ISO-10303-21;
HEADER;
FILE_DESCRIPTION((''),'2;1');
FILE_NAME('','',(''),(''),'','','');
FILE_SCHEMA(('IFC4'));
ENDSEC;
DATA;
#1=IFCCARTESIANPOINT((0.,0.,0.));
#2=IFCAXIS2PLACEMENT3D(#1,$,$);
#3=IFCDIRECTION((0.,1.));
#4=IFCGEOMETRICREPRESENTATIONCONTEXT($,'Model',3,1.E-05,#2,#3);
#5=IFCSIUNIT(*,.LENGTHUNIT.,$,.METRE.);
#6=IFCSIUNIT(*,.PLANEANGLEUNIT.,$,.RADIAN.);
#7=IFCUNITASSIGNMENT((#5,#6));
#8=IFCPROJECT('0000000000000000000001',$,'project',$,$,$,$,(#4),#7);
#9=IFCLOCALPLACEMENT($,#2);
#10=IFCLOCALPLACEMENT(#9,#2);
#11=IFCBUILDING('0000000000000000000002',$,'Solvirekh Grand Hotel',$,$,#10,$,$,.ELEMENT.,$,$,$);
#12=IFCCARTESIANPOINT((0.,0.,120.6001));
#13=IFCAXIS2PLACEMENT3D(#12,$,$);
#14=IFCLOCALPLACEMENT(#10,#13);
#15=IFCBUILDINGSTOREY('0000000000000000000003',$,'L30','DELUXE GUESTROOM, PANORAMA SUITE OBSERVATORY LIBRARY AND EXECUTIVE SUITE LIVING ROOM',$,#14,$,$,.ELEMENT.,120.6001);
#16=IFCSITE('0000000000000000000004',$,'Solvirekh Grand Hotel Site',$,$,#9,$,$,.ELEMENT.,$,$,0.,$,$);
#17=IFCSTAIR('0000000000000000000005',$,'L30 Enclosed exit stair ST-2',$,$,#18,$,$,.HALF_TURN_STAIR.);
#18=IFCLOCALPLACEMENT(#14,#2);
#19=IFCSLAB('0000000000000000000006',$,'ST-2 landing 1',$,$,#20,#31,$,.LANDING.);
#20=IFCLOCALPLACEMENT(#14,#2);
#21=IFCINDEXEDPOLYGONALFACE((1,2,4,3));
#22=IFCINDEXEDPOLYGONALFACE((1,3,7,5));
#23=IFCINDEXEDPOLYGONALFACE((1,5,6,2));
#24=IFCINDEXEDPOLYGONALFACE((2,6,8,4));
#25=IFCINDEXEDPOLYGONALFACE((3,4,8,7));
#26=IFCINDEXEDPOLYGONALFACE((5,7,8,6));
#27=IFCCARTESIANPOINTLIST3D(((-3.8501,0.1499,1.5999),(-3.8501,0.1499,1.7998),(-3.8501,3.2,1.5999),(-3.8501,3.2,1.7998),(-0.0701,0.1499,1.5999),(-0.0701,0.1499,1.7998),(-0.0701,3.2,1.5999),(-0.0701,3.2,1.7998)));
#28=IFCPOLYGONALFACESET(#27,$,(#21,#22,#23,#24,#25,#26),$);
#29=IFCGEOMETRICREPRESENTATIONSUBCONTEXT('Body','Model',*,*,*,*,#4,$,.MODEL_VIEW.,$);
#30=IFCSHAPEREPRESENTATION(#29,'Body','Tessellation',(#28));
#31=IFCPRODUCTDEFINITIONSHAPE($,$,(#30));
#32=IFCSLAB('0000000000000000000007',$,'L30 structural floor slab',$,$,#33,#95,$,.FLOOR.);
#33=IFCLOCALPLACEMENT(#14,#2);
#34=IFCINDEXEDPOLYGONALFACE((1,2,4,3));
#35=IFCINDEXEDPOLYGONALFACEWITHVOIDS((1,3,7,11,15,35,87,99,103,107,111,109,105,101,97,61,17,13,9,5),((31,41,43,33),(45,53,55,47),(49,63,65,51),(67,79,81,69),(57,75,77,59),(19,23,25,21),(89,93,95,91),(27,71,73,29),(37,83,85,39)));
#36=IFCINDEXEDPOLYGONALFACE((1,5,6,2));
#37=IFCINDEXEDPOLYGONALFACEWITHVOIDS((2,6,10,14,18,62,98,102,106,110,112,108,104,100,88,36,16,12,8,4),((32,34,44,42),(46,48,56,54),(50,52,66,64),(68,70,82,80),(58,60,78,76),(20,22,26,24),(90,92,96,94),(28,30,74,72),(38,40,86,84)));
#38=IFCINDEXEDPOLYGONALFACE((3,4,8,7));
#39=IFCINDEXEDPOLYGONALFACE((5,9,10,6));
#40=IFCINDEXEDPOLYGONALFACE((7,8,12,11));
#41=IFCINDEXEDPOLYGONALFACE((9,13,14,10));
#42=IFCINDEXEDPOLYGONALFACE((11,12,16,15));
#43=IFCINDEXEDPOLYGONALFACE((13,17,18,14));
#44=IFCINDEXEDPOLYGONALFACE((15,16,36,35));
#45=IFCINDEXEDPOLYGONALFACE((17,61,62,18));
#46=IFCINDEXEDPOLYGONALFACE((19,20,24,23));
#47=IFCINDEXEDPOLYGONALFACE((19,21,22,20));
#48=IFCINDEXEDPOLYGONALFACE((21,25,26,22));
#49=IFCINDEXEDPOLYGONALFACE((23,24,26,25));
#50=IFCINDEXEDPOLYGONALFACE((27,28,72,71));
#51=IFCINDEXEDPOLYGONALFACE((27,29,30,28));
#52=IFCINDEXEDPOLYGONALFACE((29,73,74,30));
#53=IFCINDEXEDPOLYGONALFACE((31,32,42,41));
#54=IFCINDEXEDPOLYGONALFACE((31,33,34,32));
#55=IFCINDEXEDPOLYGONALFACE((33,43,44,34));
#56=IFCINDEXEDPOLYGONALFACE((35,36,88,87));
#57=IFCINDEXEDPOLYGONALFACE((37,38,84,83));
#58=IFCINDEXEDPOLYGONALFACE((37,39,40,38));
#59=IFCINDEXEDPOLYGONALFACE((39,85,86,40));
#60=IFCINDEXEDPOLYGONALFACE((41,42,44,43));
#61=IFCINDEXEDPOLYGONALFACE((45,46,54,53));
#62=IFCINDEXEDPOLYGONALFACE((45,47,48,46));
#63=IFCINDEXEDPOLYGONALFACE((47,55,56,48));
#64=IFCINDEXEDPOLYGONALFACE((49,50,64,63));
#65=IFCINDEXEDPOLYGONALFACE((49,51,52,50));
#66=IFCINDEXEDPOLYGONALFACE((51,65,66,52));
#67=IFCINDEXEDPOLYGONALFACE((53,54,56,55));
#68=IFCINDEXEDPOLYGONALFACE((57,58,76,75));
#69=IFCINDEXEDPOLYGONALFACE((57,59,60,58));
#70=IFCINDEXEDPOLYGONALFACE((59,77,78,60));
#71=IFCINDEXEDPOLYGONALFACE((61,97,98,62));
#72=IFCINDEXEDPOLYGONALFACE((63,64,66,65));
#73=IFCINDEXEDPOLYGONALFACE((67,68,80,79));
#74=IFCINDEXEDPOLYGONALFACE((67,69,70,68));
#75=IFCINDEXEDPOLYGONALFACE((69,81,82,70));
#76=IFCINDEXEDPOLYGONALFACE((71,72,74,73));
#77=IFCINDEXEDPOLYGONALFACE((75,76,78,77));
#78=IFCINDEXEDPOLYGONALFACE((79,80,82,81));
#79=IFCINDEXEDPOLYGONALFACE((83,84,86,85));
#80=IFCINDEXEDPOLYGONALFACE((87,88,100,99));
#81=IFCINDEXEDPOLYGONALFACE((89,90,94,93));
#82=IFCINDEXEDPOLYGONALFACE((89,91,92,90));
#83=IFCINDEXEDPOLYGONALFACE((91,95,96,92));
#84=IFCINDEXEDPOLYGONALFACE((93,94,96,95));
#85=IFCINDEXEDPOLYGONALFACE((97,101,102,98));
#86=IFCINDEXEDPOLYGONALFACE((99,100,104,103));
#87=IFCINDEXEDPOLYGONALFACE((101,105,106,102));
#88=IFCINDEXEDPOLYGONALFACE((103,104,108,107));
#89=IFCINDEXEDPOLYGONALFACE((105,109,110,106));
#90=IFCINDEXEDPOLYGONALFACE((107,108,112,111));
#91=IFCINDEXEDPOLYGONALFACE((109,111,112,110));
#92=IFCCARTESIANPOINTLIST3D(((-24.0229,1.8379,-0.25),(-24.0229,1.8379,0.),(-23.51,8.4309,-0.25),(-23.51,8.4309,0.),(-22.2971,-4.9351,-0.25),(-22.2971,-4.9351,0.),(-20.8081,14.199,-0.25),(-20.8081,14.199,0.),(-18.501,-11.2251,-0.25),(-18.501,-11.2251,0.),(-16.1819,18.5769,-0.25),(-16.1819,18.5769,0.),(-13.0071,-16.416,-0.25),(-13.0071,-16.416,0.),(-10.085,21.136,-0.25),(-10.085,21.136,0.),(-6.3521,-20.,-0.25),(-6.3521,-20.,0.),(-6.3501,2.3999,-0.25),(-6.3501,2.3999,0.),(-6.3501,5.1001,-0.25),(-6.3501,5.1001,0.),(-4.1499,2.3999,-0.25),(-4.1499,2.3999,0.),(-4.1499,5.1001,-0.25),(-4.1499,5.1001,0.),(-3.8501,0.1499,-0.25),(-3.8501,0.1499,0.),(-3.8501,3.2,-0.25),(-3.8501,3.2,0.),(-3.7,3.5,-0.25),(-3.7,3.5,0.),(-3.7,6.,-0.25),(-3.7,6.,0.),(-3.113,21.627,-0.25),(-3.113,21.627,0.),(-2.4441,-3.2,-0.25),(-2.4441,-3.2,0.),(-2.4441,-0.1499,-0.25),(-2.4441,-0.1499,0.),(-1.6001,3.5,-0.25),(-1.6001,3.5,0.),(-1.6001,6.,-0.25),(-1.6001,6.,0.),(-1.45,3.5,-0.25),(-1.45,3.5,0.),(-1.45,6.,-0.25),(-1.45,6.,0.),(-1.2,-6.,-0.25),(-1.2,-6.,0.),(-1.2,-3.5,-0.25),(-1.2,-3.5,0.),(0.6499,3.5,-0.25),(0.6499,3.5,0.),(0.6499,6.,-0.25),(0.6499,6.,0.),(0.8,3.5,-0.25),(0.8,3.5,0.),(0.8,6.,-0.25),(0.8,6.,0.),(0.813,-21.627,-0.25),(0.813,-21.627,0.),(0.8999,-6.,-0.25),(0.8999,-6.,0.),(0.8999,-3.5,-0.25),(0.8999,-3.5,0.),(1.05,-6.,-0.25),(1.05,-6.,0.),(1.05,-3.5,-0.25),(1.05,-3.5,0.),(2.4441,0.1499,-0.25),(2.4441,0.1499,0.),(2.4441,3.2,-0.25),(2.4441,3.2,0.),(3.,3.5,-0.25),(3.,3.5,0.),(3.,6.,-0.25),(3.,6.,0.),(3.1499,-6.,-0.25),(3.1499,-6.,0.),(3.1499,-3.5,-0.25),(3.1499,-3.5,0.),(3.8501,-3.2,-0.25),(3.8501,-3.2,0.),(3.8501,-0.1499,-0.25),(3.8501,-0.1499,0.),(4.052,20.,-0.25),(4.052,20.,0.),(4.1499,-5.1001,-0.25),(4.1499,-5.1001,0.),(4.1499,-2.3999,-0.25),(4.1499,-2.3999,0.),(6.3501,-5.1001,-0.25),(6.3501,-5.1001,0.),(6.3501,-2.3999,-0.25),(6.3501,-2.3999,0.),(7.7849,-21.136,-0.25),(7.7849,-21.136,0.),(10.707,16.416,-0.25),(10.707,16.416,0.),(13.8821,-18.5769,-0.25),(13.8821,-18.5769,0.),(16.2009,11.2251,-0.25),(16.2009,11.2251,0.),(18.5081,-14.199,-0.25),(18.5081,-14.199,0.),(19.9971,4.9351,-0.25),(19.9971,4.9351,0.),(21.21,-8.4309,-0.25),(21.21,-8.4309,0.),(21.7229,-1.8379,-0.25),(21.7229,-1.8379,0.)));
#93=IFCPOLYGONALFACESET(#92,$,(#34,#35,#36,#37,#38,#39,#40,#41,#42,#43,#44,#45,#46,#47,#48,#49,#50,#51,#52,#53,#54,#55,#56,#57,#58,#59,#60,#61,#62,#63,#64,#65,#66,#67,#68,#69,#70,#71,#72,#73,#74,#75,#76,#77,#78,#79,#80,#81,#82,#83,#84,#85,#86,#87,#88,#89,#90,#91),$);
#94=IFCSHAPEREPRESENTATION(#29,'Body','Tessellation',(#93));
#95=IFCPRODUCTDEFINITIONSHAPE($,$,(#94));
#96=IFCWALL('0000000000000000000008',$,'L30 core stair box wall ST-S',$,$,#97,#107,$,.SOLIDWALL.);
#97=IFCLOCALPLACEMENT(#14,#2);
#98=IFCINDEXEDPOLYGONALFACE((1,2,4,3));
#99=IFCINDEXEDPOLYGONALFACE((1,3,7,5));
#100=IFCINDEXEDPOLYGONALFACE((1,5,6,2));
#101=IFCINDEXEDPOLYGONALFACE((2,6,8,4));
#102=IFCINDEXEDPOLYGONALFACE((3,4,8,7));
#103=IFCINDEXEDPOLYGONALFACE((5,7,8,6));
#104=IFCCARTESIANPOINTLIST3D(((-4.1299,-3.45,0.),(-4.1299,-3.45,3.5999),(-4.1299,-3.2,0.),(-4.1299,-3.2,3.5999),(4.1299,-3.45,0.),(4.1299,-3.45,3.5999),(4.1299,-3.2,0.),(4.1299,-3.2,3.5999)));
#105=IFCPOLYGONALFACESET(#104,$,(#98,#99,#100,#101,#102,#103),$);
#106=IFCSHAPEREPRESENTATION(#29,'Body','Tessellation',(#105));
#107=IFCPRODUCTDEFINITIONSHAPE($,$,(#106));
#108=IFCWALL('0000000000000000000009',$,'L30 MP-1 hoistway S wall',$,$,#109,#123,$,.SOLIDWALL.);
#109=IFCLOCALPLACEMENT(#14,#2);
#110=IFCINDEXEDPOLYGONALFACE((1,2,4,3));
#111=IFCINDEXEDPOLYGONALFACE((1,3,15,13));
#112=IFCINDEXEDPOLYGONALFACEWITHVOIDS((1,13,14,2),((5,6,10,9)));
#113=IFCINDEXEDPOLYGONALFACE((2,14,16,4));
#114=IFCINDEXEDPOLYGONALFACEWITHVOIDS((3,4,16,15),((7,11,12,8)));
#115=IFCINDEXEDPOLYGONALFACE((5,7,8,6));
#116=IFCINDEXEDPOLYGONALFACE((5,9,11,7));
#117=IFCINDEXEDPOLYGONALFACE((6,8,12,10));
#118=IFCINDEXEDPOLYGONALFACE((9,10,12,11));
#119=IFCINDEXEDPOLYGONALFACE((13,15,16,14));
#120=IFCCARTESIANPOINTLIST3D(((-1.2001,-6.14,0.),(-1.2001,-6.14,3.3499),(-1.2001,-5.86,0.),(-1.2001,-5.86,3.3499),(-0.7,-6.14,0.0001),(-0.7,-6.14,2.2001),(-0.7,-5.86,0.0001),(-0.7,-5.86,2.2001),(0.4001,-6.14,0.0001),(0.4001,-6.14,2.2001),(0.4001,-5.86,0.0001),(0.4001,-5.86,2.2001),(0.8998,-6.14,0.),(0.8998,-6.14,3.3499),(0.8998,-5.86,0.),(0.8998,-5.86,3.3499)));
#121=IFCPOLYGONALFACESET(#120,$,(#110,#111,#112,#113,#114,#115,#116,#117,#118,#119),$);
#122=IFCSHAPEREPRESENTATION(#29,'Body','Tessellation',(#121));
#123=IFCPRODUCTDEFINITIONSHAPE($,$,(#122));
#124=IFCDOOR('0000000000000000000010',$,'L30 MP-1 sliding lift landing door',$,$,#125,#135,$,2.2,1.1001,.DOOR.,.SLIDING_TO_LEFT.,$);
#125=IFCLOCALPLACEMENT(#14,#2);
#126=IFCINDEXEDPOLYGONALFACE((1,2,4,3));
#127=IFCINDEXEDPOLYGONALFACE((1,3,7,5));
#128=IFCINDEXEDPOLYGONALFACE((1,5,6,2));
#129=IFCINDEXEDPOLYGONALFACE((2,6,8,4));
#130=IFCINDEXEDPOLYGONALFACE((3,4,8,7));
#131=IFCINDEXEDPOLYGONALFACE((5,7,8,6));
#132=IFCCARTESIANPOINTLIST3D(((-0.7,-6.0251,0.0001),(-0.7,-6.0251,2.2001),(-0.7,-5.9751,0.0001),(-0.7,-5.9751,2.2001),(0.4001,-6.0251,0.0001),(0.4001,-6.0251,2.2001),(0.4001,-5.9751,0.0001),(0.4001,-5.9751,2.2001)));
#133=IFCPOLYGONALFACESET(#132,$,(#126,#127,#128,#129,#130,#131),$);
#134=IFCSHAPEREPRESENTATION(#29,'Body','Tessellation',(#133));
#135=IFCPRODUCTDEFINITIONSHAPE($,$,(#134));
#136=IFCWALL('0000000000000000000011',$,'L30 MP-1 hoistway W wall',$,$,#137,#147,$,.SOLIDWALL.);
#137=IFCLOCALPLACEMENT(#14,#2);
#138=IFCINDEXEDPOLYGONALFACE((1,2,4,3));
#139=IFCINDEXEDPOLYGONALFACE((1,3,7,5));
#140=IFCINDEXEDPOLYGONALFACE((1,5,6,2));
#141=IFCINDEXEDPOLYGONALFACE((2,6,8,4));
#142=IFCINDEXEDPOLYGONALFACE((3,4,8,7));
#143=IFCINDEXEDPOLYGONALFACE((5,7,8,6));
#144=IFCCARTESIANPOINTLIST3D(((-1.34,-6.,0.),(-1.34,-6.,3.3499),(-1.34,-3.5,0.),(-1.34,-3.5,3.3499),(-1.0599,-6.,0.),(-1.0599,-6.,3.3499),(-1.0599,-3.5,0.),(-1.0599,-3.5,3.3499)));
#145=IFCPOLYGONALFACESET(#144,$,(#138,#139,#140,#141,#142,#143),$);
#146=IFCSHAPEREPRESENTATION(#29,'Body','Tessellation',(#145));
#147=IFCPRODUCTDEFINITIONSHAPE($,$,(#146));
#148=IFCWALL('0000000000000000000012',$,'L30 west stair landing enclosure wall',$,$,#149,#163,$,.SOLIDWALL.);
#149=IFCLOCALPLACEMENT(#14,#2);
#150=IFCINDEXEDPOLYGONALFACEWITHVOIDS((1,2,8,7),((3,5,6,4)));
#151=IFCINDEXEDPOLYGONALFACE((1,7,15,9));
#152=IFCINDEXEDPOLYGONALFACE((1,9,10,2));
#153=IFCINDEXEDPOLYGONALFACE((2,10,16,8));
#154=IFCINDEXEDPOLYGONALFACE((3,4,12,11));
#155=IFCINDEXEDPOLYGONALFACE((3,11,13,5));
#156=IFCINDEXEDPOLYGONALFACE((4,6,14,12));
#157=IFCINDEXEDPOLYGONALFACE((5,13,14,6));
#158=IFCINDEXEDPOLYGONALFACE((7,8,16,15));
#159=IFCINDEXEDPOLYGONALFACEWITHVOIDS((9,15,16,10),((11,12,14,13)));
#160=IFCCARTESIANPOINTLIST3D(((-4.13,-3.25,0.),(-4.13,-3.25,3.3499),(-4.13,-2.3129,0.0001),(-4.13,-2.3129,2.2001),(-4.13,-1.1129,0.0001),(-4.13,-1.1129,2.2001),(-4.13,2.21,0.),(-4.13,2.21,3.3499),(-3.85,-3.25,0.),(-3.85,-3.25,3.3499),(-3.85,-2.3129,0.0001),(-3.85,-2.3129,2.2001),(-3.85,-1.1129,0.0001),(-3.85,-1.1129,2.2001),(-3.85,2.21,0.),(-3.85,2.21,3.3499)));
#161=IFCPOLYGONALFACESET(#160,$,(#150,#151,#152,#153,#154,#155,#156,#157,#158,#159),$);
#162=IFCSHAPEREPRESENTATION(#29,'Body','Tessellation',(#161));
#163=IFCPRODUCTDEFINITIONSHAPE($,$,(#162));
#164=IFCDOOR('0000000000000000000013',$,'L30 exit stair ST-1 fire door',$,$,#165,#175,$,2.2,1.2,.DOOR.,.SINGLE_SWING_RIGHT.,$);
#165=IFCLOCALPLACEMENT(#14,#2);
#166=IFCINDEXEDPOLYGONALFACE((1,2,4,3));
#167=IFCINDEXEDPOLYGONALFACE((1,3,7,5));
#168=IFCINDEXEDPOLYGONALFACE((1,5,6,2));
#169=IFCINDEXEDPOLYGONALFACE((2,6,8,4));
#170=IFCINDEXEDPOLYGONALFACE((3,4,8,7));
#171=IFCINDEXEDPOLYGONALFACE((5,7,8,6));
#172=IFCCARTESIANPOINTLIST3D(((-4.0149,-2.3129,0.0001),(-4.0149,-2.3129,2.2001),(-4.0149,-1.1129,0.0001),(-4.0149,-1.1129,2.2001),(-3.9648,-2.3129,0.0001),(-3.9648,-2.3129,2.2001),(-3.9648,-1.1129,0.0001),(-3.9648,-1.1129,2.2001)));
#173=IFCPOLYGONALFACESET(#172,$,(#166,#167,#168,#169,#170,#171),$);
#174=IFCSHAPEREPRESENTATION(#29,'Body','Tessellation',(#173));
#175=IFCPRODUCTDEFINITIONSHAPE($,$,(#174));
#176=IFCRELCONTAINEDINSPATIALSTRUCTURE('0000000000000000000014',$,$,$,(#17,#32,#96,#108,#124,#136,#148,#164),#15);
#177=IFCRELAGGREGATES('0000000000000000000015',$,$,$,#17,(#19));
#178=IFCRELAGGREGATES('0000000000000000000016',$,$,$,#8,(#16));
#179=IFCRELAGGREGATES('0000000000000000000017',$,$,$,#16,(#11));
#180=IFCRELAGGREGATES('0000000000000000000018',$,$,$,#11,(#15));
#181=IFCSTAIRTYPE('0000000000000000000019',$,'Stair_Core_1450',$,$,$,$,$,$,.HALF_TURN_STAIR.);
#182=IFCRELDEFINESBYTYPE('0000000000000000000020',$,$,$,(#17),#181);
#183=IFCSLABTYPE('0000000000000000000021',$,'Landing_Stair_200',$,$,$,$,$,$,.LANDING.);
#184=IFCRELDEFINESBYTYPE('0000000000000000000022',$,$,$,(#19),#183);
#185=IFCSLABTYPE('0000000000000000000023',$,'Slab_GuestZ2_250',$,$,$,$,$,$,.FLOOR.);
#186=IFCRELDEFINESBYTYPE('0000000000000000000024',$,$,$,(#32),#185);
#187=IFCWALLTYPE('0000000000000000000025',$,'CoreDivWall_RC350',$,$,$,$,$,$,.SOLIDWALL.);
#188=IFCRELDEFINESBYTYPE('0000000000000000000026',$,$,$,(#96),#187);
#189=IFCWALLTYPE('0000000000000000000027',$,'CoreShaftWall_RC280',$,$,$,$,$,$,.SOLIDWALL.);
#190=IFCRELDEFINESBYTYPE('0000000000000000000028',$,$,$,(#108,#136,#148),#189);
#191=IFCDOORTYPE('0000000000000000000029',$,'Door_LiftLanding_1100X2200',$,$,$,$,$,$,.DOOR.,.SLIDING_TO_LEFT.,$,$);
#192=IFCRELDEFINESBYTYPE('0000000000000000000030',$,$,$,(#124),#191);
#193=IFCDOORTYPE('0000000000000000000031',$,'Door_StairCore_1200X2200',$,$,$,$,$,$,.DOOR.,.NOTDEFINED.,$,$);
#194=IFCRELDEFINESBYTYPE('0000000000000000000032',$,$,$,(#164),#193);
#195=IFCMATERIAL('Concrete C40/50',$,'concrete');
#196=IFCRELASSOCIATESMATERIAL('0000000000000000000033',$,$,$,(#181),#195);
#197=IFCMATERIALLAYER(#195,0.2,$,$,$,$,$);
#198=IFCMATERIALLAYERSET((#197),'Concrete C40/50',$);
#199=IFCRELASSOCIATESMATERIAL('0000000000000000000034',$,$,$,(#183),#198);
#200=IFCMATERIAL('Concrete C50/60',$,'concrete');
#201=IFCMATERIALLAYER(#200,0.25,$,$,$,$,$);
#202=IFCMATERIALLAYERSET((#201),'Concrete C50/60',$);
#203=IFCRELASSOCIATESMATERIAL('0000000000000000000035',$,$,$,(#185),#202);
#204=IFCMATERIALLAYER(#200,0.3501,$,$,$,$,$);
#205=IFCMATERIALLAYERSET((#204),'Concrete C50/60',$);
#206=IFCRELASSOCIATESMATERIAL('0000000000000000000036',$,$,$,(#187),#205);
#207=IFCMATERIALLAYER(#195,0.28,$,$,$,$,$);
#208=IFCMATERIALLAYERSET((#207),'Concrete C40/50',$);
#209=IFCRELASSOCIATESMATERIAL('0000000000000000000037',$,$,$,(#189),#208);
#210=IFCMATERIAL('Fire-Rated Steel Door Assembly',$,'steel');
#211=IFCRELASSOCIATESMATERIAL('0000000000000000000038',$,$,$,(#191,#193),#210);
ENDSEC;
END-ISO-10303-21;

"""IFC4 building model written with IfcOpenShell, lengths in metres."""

from ifc_helpers import new_model, si_unit, direction, frame, frame_2d, origin, place, context, subcontext, project, spatial, polyline, rectangle, outline, extrude, material, layer, layer_set, type_object, element, fill, aggregate, save


model = new_model("IFC4")

# Units and contexts
model_context = context("Model", 3, precision=1e-05, world=origin(), true_north=direction((0.0, 1.0)))
body_context = subcontext(model_context, "Body", "Model", "MODEL_VIEW")
ifc_project = project(units=[si_unit("LENGTHUNIT", "METRE"), si_unit("PLANEANGLEUNIT", "RADIAN")], contexts=[model_context])

# Site, building, storey
site_placement = place(None, origin())
site = spatial("IfcSite", under=ifc_project, at=site_placement, Name="Solvirekh Grand Hotel Site", CompositionType="ELEMENT", RefElevation=0.0)
building_placement = place(site_placement, origin())
building = spatial("IfcBuilding", under=site, at=building_placement, Name="Solvirekh Grand Hotel", CompositionType="ELEMENT")
storey_placement = place(building_placement, frame((0.0, 0.0, 120.6001)))
storey = spatial("IfcBuildingStorey", under=building, at=storey_placement, Name="L30", Description="DELUXE GUESTROOM, PANORAMA SUITE OBSERVATORY LIBRARY AND EXECUTIVE SUITE LIVING ROOM", CompositionType="ELEMENT", Elevation=120.6001)

# Shared definitions
ifc_material_1 = material(Name="Concrete C50/60", Category="concrete")

# Stair, slab
ifc_material_2 = material(Name="Concrete C40/50", Category="concrete")
stair_type = type_object("IfcStairType", Name="Stair_Core_1450", PredefinedType="HALF_TURN_STAIR", material=ifc_material_2)
ifc_layer_1 = layer(ifc_material_2, 0.2)
ifc_layer_set_1 = layer_set([ifc_layer_1], Name="Concrete C40/50")
slab_type_1 = type_object("IfcSlabType", Name="Landing_Stair_200", PredefinedType="LANDING", material=ifc_layer_set_1)
stair_1_placement = place(storey_placement, origin())
stair_1 = element("IfcStair", 1, at=stair_1_placement, inside=storey, type_object=stair_type, Name="L30 Enclosed exit stair ST-2", PredefinedType="HALF_TURN_STAIR")
slab_1_placement = place(storey_placement, frame((0.0, 0.0, 1.5999)))
slab_1 = element("IfcSlab", 2, at=slab_1_placement, type_object=slab_type_1, Name="ST-2 landing 1", PredefinedType="LANDING", context=body_context, shape_type="SweptSolid", body=[
    extrude(outline(polyline([(-0.0701, 3.2), (-3.8501, 3.2), (-3.8501, 0.1499), (-0.0701, 0.1499), (-0.0701, 3.2)])), origin(), (0.0, 0.0, 1.0), 0.2),
])

# Slab
ifc_layer_2 = layer(ifc_material_1, 0.25)
ifc_layer_set_2 = layer_set([ifc_layer_2], Name="Concrete C50/60")
slab_type_2 = type_object("IfcSlabType", Name="Slab_GuestZ2_250", PredefinedType="FLOOR", material=ifc_layer_set_2)
slab_2_placement = place(storey_placement, frame((0.0, 0.0, -0.25)))
element("IfcSlab", 3, at=slab_2_placement, inside=storey, type_object=slab_type_2, Name="L30 structural floor slab", PredefinedType="FLOOR", context=body_context, shape_type="SweptSolid", body=[
    extrude(outline(polyline([(18.5081, -14.199), (21.21, -8.4309), (21.7229, -1.8379), (19.9971, 4.9351), (16.2009, 11.2251), (10.707, 16.416), (4.052, 20.0), (-3.113, 21.627), (-10.085, 21.136), (-16.1819, 18.5769), (-20.8081, 14.199), (-23.51, 8.4309), (-24.0229, 1.8379), (-22.2971, -4.9351), (-18.501, -11.2251), (-13.0071, -16.416), (-6.3521, -20.0), (0.813, -21.627), (7.7849, -21.136), (13.8821, -18.5769), (18.5081, -14.199)]), holes=[polyline([(-2.4441, -0.1499), (3.8501, -0.1499), (3.8501, -3.2), (-2.4441, -3.2), (-2.4441, -0.1499)]), polyline([(2.4441, 0.1499), (-3.8501, 0.1499), (-3.8501, 3.2), (2.4441, 3.2), (2.4441, 0.1499)]), polyline([(-1.2, -3.5), (0.8999, -3.5), (0.8999, -6.0), (-1.2, -6.0), (-1.2, -3.5)]), polyline([(1.05, -3.5), (3.1499, -3.5), (3.1499, -6.0), (1.05, -6.0), (1.05, -3.5)]), polyline([(-3.7, 6.0), (-1.6001, 6.0), (-1.6001, 3.5), (-3.7, 3.5), (-3.7, 6.0)]), polyline([(-1.45, 6.0), (0.6499, 6.0), (0.6499, 3.5), (-1.45, 3.5), (-1.45, 6.0)]), polyline([(0.8, 6.0), (3.0, 6.0), (3.0, 3.5), (0.8, 3.5), (0.8, 6.0)]), polyline([(-6.3501, 5.1001), (-4.1499, 5.1001), (-4.1499, 2.3999), (-6.3501, 2.3999), (-6.3501, 5.1001)]), polyline([(4.1499, -2.3999), (6.3501, -2.3999), (6.3501, -5.1001), (4.1499, -5.1001), (4.1499, -2.3999)])]), origin(), (0.0, 0.0, 1.0), 0.25),
])

# Wall
ifc_layer_3 = layer(ifc_material_1, 0.3501)
ifc_layer_set_3 = layer_set([ifc_layer_3], Name="Concrete C50/60")
wall_type_1 = type_object("IfcWallType", Name="CoreDivWall_RC350", PredefinedType="SOLIDWALL", material=ifc_layer_set_3)
wall_1_placement = place(storey_placement, frame((-4.1299, -3.325, 0.0), z_axis=(0.0, 0.0, 1.0), x_axis=(1.0, 0.0, 0.0)))
element("IfcWall", 4, at=wall_1_placement, inside=storey, type_object=wall_type_1, Name="L30 core stair box wall ST-S", PredefinedType="SOLIDWALL", context=body_context, shape_type="SweptSolid", body=[
    extrude(rectangle(XDim=8.2598, YDim=0.25, at=frame_2d((4.1299, 0.0))), origin(), (0.0, 0.0, 1.0), 3.5999),
])

# Wall, opening, door
ifc_layer_4 = layer(ifc_material_2, 0.28)
ifc_layer_set_4 = layer_set([ifc_layer_4], Name="Concrete C40/50")
wall_type_2 = type_object("IfcWallType", Name="CoreShaftWall_RC280", PredefinedType="SOLIDWALL", material=ifc_layer_set_4)
wall_2_placement = place(storey_placement, frame((-1.2, -6.0, 0.0), z_axis=(0.0, 0.0, 1.0), x_axis=(1.0, 0.0, 0.0)))
wall_2 = element("IfcWall", 5, at=wall_2_placement, inside=storey, type_object=wall_type_2, Name="L30 MP-1 hoistway S wall", PredefinedType="SOLIDWALL", context=body_context, shape_type="SweptSolid", body=[
    extrude(rectangle(XDim=2.0999, YDim=0.28, at=frame_2d((1.0498, 0.0))), origin(), (0.0, 0.0, 1.0), 3.3499),
])
opening_1_placement = place(wall_2_placement, frame((0.5, 0.0, 0.0)))
opening_1 = element("IfcOpeningElement", 6, at=opening_1_placement, cuts=wall_2, PredefinedType="OPENING", context=body_context, shape_type="SweptSolid", body=[
    extrude(rectangle(XDim=1.1001, YDim=2.2, at=frame_2d((0.55, 1.1001))), frame((0.0, 0.1499, 0.0), z_axis=(0.0, -1.0, 0.0), x_axis=(1.0, 0.0, 0.0)), (0.0, 0.0, 1.0), 0.3),
])
ifc_material_3 = material(Name="Fire-Rated Steel Door Assembly", Category="steel")
door_type_1 = type_object("IfcDoorType", Name="Door_LiftLanding_1100X2200", OperationType="SLIDING_TO_LEFT", PredefinedType="DOOR", material=ifc_material_3)
door_1_placement = place(opening_1_placement, origin())
door_1 = element("IfcDoor", 7, at=door_1_placement, inside=storey, type_object=door_type_1, Name="L30 MP-1 sliding lift landing door", OperationType="SLIDING_TO_LEFT", OverallHeight=2.2, OverallWidth=1.1001, PredefinedType="DOOR", context=body_context, shape_type="SweptSolid", body=[
    extrude(rectangle(XDim=1.1001, YDim=2.2, at=frame_2d((0.55, 1.1001))), frame((0.0, 0.0249, 0.0), z_axis=(0.0, -1.0, 0.0), x_axis=(1.0, 0.0, 0.0)), (0.0, 0.0, 1.0), 0.05),
])
fill(opening_1, door_1)

# Wall
wall_3_placement = place(storey_placement, frame((-1.2, -3.5, 0.0), z_axis=(0.0, 0.0, 1.0), x_axis=(0.0, -1.0, 0.0)))
element("IfcWall", 8, at=wall_3_placement, inside=storey, type_object=wall_type_2, Name="L30 MP-1 hoistway W wall", PredefinedType="SOLIDWALL", context=body_context, shape_type="SweptSolid", body=[
    extrude(rectangle(XDim=2.5, YDim=0.28, at=frame_2d((1.25, 0.0))), origin(), (0.0, 0.0, 1.0), 3.3499),
])

# Wall, opening, door
wall_4_placement = place(storey_placement, frame((-3.99, -3.25, 0.0), z_axis=(0.0, 0.0, 1.0), x_axis=(0.0, 1.0, 0.0)))
wall_4 = element("IfcWall", 9, at=wall_4_placement, inside=storey, type_object=wall_type_2, Name="L30 west stair landing enclosure wall", PredefinedType="SOLIDWALL", context=body_context, shape_type="SweptSolid", body=[
    extrude(rectangle(XDim=5.46, YDim=0.28, at=frame_2d((2.73, 0.0))), origin(), (0.0, 0.0, 1.0), 3.3499),
])
opening_2_placement = place(wall_4_placement, frame((0.937, 0.0, 0.0)))
opening_2 = element("IfcOpeningElement", 10, at=opening_2_placement, cuts=wall_4, PredefinedType="OPENING", context=body_context, shape_type="SweptSolid", body=[
    extrude(rectangle(XDim=1.2, YDim=2.2, at=frame_2d((0.6001, 1.1001))), frame((0.0, 0.1499, 0.0), z_axis=(0.0, -1.0, 0.0), x_axis=(1.0, 0.0, 0.0)), (0.0, 0.0, 1.0), 0.3),
])
door_type_2 = type_object("IfcDoorType", Name="Door_StairCore_1200X2200", OperationType="NOTDEFINED", PredefinedType="DOOR", material=ifc_material_3)
door_2_placement = place(opening_2_placement, origin())
door_2 = element("IfcDoor", 11, at=door_2_placement, inside=storey, type_object=door_type_2, Name="L30 exit stair ST-1 fire door", OperationType="SINGLE_SWING_RIGHT", OverallHeight=2.2, OverallWidth=1.2, PredefinedType="DOOR", context=body_context, shape_type="SweptSolid", body=[
    extrude(rectangle(XDim=1.2, YDim=2.2, at=frame_2d((0.6001, 1.1001))), frame((0.0, 0.0249, 0.0), z_axis=(0.0, -1.0, 0.0), x_axis=(1.0, 0.0, 0.0)), (0.0, 0.0, 1.0), 0.05),
])
fill(opening_2, door_2)

aggregate(stair_1, [slab_1])

save(model, "model.ifc")
